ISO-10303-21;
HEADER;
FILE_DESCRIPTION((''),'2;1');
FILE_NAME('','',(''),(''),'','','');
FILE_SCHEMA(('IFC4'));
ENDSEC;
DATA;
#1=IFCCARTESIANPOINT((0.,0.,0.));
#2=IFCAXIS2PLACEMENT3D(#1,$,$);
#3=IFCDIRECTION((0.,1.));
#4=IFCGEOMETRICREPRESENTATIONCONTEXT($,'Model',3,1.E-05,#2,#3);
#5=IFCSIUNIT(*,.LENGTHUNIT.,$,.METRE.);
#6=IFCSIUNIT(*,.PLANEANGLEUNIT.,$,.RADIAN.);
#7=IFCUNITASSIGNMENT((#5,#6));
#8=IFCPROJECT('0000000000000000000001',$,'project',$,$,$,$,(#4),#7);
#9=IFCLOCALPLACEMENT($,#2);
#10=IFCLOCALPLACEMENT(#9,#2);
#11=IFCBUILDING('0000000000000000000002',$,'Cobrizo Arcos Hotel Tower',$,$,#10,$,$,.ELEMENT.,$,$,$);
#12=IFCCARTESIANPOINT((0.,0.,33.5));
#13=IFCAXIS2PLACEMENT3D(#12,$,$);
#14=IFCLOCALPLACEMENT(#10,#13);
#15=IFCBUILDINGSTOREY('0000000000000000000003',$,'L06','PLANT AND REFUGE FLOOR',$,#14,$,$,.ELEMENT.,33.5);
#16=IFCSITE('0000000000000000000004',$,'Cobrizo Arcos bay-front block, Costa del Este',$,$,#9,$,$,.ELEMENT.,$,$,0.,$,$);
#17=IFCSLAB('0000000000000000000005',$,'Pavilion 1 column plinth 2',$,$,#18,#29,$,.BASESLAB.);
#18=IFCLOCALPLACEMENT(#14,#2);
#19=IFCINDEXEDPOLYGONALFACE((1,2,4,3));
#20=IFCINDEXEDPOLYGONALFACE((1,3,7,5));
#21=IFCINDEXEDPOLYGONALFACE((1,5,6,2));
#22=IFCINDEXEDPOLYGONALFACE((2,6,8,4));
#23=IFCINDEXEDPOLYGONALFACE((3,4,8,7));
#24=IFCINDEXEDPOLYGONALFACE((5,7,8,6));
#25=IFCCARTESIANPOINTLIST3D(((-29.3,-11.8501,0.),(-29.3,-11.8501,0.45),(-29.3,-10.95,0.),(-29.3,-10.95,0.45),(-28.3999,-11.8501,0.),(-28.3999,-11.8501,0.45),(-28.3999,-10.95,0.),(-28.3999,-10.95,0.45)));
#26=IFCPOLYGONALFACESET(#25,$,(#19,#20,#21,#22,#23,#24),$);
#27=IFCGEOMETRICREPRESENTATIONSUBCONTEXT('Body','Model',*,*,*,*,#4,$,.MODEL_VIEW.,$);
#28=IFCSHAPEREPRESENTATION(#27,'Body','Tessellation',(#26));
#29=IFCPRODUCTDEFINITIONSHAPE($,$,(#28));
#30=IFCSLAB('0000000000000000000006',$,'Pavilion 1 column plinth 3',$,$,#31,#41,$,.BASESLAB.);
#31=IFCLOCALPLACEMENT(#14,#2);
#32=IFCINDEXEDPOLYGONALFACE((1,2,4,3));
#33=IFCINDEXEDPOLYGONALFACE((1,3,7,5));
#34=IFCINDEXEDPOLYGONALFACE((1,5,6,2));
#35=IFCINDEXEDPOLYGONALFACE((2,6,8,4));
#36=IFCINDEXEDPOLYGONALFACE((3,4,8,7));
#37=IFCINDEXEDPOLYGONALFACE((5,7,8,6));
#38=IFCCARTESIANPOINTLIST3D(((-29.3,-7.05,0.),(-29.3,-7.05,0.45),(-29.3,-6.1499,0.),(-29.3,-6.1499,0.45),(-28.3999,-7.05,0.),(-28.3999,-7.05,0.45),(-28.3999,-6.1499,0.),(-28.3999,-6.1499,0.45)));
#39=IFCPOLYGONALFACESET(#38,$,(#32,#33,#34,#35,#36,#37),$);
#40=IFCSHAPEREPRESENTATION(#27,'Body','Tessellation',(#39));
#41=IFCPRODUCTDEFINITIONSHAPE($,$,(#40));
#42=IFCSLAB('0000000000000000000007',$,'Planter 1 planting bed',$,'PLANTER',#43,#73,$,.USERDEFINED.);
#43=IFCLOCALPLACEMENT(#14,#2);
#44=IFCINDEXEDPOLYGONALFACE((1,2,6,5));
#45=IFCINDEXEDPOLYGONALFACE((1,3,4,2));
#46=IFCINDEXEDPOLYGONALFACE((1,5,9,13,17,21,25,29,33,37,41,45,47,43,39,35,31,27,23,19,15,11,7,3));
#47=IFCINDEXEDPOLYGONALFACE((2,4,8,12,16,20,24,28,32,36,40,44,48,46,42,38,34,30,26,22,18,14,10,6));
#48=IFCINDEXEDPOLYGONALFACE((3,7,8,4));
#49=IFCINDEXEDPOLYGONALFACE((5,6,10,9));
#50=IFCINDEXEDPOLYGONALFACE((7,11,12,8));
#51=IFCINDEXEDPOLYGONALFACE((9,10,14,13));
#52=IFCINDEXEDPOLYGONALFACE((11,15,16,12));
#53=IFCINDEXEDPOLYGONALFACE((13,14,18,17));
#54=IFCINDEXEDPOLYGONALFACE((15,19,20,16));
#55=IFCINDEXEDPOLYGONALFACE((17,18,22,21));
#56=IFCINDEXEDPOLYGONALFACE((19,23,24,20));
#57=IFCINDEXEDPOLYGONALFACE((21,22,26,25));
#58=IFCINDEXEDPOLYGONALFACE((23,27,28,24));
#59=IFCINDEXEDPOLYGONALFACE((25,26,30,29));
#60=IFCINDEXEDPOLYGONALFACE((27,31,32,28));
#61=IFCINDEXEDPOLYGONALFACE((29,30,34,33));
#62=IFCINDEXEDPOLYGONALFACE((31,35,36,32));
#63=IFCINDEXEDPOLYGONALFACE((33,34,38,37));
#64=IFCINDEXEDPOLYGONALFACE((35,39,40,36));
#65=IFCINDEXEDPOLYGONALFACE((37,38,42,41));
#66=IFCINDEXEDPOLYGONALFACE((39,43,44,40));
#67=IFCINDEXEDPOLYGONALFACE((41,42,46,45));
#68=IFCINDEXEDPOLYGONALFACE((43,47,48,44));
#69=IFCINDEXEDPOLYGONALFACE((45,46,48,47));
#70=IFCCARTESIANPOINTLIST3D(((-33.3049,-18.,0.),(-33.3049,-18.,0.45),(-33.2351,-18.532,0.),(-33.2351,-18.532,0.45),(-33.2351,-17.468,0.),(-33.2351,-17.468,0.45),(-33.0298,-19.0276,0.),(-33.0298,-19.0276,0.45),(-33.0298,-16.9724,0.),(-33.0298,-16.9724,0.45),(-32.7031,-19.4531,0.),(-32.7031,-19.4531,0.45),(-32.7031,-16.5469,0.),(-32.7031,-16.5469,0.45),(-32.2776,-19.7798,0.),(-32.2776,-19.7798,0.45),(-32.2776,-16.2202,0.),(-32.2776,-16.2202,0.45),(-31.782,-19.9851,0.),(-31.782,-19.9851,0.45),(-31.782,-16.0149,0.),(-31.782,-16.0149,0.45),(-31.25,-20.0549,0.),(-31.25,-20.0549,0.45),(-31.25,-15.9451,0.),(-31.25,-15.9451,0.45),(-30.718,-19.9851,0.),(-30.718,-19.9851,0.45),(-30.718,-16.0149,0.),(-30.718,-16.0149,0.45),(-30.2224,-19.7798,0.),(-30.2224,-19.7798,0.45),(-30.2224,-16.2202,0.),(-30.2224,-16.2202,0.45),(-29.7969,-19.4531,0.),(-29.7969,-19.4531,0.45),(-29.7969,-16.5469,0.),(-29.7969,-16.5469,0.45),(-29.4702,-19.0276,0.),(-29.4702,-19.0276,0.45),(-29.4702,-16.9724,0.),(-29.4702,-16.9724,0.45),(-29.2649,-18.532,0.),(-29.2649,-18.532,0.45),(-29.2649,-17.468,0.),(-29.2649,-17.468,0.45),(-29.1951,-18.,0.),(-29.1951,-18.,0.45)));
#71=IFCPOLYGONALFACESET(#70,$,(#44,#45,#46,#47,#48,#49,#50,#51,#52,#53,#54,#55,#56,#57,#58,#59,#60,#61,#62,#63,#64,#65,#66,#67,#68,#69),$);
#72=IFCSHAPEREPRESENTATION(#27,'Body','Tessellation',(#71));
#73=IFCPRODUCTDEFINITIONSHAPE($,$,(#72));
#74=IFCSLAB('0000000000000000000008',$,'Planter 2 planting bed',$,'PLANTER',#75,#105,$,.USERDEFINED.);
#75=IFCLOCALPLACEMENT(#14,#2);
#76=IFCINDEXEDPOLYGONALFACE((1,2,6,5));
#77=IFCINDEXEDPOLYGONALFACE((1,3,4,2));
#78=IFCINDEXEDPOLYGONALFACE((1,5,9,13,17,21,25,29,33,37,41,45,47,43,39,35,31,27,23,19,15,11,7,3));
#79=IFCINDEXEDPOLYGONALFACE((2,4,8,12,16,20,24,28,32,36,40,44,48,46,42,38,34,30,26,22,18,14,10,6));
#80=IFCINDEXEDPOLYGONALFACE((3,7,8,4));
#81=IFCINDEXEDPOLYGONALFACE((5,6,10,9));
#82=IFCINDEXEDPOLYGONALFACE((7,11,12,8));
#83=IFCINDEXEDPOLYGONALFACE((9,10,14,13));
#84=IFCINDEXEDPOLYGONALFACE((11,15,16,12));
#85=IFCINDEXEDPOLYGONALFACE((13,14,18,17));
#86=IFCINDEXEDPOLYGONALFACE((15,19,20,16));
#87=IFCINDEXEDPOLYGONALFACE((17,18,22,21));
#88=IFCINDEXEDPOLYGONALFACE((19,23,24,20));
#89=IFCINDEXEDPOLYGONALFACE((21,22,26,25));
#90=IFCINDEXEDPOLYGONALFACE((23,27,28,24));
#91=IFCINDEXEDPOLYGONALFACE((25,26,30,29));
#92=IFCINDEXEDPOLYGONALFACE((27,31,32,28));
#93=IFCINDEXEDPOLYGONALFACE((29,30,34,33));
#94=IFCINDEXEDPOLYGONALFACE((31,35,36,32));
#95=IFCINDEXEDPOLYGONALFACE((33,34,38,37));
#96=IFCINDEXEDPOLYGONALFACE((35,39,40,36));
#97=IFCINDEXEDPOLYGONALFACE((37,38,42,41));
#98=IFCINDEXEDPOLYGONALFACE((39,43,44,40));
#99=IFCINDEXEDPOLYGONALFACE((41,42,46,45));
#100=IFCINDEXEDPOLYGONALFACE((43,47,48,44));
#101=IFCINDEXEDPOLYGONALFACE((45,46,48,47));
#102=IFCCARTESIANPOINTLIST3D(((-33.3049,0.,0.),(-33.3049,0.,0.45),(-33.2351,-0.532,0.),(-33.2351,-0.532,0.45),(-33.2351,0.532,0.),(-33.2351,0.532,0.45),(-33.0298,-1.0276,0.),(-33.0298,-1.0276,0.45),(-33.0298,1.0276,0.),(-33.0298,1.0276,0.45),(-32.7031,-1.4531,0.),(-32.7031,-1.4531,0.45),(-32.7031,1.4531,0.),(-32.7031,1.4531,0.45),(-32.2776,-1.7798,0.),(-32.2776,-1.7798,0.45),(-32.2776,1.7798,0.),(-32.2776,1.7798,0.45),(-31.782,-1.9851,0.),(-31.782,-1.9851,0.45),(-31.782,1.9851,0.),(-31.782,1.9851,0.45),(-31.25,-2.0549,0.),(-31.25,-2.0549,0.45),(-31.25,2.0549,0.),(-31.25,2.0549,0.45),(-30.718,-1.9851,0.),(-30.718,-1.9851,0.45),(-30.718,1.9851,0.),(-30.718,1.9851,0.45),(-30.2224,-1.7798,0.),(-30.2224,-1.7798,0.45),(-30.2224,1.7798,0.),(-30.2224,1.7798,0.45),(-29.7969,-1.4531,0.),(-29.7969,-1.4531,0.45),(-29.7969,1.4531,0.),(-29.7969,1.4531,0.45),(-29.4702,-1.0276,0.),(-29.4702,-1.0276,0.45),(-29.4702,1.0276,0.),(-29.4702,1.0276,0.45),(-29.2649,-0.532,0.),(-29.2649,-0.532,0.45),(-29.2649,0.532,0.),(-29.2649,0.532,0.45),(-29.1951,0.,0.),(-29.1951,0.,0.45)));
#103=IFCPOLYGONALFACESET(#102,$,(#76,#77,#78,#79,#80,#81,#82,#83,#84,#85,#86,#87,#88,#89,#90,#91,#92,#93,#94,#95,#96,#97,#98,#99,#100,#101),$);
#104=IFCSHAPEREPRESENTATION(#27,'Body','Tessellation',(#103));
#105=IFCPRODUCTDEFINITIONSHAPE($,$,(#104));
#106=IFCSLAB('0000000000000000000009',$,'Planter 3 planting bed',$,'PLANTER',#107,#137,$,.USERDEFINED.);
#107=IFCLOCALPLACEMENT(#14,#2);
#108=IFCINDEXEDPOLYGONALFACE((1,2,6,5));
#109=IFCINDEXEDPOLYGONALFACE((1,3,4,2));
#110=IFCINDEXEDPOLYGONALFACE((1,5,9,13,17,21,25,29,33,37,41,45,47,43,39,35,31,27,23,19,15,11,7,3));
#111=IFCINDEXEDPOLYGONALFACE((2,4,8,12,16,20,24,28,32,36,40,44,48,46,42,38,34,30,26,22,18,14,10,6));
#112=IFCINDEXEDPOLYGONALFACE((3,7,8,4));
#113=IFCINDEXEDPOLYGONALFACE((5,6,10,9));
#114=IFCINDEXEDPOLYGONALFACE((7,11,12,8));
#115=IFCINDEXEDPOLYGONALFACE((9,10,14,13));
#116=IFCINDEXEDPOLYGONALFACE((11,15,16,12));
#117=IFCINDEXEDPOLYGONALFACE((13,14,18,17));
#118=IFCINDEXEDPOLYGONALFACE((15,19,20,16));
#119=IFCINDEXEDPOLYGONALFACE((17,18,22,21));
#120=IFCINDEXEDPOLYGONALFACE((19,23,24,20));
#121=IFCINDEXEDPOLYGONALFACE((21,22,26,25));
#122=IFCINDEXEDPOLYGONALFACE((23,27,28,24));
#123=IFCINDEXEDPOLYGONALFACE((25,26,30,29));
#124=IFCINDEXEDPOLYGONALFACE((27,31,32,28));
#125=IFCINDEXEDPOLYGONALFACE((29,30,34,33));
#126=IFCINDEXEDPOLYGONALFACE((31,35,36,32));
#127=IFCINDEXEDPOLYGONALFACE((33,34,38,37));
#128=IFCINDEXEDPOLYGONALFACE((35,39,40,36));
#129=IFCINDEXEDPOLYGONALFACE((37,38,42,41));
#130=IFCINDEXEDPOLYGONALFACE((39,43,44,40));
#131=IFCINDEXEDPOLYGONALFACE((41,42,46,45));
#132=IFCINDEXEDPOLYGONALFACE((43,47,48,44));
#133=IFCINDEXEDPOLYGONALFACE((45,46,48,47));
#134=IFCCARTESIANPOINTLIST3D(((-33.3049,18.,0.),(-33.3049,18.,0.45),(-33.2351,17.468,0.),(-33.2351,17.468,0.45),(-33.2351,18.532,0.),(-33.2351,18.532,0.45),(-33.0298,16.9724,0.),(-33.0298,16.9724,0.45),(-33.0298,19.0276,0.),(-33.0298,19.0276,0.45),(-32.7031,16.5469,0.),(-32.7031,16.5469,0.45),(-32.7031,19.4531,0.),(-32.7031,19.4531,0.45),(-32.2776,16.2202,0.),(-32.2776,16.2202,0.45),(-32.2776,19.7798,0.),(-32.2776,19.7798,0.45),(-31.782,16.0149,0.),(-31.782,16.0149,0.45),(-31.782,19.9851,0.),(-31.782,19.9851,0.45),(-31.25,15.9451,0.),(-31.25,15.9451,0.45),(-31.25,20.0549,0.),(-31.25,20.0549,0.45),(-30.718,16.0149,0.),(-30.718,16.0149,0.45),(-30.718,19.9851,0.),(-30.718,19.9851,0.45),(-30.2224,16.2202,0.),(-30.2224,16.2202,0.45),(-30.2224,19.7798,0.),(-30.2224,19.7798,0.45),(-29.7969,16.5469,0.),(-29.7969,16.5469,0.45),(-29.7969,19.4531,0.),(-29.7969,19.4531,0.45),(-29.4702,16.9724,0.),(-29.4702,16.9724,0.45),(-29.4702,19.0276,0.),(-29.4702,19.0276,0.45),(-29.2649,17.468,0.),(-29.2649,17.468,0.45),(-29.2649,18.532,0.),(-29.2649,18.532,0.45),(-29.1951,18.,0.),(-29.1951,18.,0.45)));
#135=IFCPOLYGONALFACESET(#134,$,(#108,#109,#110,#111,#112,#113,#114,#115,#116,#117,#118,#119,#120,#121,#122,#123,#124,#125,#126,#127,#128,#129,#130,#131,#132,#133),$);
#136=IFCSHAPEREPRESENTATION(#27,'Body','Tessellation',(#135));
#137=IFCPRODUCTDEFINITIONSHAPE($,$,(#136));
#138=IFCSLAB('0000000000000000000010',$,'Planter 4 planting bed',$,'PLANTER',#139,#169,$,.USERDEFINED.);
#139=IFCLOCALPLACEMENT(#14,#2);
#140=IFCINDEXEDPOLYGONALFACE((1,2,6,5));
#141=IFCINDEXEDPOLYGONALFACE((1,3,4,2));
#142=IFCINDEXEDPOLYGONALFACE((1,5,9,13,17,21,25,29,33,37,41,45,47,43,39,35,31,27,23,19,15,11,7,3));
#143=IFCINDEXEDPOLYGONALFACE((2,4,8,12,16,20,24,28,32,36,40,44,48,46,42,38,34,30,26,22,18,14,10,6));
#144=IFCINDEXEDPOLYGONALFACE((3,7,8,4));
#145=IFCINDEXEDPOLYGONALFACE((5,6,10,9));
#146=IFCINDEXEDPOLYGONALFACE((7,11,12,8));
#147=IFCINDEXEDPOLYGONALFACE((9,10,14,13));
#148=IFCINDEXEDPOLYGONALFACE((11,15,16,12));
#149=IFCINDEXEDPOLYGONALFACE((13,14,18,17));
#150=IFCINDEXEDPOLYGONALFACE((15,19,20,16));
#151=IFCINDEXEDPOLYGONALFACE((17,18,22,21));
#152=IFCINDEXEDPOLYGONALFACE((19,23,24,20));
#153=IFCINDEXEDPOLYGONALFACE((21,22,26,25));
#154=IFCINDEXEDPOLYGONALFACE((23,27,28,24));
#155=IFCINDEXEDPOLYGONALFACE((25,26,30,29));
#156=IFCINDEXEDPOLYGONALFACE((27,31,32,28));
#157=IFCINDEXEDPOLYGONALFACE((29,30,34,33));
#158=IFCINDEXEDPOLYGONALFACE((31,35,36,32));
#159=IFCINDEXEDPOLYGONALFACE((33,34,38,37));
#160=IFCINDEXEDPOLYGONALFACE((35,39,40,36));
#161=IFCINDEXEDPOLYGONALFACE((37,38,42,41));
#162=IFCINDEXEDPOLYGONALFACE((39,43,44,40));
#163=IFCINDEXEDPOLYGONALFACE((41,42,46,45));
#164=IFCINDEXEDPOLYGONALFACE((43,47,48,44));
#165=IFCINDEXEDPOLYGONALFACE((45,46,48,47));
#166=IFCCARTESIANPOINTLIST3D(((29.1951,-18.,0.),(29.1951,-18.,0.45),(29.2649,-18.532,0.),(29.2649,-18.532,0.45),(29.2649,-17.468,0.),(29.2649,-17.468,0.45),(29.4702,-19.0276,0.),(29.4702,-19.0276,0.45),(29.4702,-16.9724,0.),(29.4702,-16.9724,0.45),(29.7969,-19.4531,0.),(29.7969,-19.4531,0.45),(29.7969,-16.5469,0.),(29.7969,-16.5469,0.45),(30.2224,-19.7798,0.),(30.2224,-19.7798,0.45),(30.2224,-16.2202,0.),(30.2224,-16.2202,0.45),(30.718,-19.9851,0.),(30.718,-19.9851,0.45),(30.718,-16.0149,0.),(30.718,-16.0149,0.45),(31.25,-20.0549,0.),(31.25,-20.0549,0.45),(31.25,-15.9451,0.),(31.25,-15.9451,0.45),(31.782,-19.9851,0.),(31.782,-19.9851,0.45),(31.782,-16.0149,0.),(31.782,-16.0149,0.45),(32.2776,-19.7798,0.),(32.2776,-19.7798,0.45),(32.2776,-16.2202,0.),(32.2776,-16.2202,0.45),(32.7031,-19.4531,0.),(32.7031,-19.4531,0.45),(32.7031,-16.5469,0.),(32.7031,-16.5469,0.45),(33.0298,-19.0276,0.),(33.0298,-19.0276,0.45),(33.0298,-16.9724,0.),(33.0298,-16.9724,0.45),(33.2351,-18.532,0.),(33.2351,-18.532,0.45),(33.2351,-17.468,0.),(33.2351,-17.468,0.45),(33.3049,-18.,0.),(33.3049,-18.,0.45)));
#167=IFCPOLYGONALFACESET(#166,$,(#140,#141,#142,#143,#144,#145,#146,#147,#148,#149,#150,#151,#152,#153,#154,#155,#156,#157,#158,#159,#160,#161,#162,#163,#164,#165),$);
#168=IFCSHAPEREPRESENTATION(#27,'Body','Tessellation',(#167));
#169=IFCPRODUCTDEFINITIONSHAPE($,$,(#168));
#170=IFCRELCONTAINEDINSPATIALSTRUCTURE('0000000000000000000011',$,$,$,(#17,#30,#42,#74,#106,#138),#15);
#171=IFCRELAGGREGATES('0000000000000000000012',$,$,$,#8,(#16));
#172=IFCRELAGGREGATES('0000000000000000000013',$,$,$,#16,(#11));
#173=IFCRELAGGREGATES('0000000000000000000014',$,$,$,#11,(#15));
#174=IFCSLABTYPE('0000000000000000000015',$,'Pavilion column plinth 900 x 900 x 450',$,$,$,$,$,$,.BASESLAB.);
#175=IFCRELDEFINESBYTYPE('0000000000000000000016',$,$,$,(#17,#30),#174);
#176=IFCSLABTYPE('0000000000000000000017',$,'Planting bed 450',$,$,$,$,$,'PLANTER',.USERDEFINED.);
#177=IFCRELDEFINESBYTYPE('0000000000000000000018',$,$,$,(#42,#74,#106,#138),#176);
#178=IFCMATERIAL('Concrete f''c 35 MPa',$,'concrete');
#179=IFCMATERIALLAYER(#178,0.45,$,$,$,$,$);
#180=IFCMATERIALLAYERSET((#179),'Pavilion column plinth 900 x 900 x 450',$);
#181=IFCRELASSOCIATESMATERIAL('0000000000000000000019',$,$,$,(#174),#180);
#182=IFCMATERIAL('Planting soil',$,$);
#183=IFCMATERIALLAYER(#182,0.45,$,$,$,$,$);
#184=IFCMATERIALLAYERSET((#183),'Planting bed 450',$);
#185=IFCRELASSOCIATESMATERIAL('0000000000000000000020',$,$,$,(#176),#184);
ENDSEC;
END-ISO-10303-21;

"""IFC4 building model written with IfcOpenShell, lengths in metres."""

from ifc_helpers import new_model, si_unit, direction, frame, origin, place, context, subcontext, project, spatial, polyline, outline, extrude, material, layer, layer_set, type_object, element, save


model = new_model("IFC4")

# Units and contexts
model_context = context("Model", 3, precision=1e-05, world=origin(), true_north=direction((0.0, 1.0)))
body_context = subcontext(model_context, "Body", "Model", "MODEL_VIEW")
ifc_project = project(units=[si_unit("LENGTHUNIT", "METRE"), si_unit("PLANEANGLEUNIT", "RADIAN")], contexts=[model_context])

# Site, building, storey
site_placement = place(None, origin())
site = spatial("IfcSite", under=ifc_project, at=site_placement, Name="Cobrizo Arcos bay-front block, Costa del Este", CompositionType="ELEMENT", RefElevation=0.0)
building_placement = place(site_placement, origin())
building = spatial("IfcBuilding", under=site, at=building_placement, Name="Cobrizo Arcos Hotel Tower", CompositionType="ELEMENT")
storey_placement = place(building_placement, frame((0.0, 0.0, 33.5)))
storey = spatial("IfcBuildingStorey", under=building, at=storey_placement, Name="L06", Description="PLANT AND REFUGE FLOOR", CompositionType="ELEMENT", Elevation=33.5)

# Slabs
ifc_material_1 = material(Name="Concrete f'c 35 MPa", Category="concrete")
ifc_layer_1 = layer(ifc_material_1, 0.45)
ifc_layer_set_1 = layer_set([ifc_layer_1], Name="Pavilion column plinth 900 x 900 x 450")
slab_type_1 = type_object("IfcSlabType", Name="Pavilion column plinth 900 x 900 x 450", PredefinedType="BASESLAB", material=ifc_layer_set_1)
slab_1_placement = place(storey_placement, origin())
element("IfcSlab", 1, at=slab_1_placement, inside=storey, type_object=slab_type_1, Name="Pavilion 1 column plinth 2", PredefinedType="BASESLAB", context=body_context, shape_type="SweptSolid", body=[
    extrude(outline(polyline([(-28.3999, -11.8501), (-28.3999, -10.95), (-29.3, -10.95), (-29.3, -11.8501), (-28.3999, -11.8501)])), origin(), (0.0, 0.0, 1.0), 0.45),
])
slab_2_placement = place(storey_placement, origin())
element("IfcSlab", 2, at=slab_2_placement, inside=storey, type_object=slab_type_1, Name="Pavilion 1 column plinth 3", PredefinedType="BASESLAB", context=body_context, shape_type="SweptSolid", body=[
    extrude(outline(polyline([(-28.3999, -7.05), (-28.3999, -6.1499), (-29.3, -6.1499), (-29.3, -7.05), (-28.3999, -7.05)])), origin(), (0.0, 0.0, 1.0), 0.45),
])
ifc_material_2 = material(Name="Planting soil")
ifc_layer_2 = layer(ifc_material_2, 0.45)
ifc_layer_set_2 = layer_set([ifc_layer_2], Name="Planting bed 450")
slab_type_2 = type_object("IfcSlabType", Name="Planting bed 450", ElementType="PLANTER", PredefinedType="USERDEFINED", material=ifc_layer_set_2)
slab_3_placement = place(storey_placement, origin())
element("IfcSlab", 3, at=slab_3_placement, inside=storey, type_object=slab_type_2, Name="Planter 1 planting bed", ObjectType="PLANTER", PredefinedType="USERDEFINED", context=body_context, shape_type="SweptSolid", body=[
    extrude(outline(polyline([(-29.1951, -18.0), (-29.2649, -17.468), (-29.4702, -16.9724), (-29.7969, -16.5469), (-30.2224, -16.2202), (-30.718, -16.0149), (-31.25, -15.9451), (-31.782, -16.0149), (-32.2776, -16.2202), (-32.7031, -16.5469), (-33.0298, -16.9724), (-33.2351, -17.468), (-33.3049, -18.0), (-33.2351, -18.532), (-33.0298, -19.0276), (-32.7031, -19.4531), (-32.2776, -19.7798), (-31.782, -19.9851), (-31.25, -20.0549), (-30.718, -19.9851), (-30.2224, -19.7798), (-29.7969, -19.4531), (-29.4702, -19.0276), (-29.2649, -18.532), (-29.1951, -18.0)])), origin(), (0.0, 0.0, 1.0), 0.45),
])
slab_4_placement = place(storey_placement, origin())
element("IfcSlab", 4, at=slab_4_placement, inside=storey, type_object=slab_type_2, Name="Planter 2 planting bed", ObjectType="PLANTER", PredefinedType="USERDEFINED", context=body_context, shape_type="SweptSolid", body=[
    extrude(outline(polyline([(-29.1951, 0.0), (-29.2649, 0.532), (-29.4702, 1.0276), (-29.7969, 1.4531), (-30.2224, 1.7798), (-30.718, 1.9851), (-31.25, 2.0549), (-31.782, 1.9851), (-32.2776, 1.7798), (-32.7031, 1.4531), (-33.0298, 1.0276), (-33.2351, 0.532), (-33.3049, 0.0), (-33.2351, -0.532), (-33.0298, -1.0276), (-32.7031, -1.4531), (-32.2776, -1.7798), (-31.782, -1.9851), (-31.25, -2.0549), (-30.718, -1.9851), (-30.2224, -1.7798), (-29.7969, -1.4531), (-29.4702, -1.0276), (-29.2649, -0.532), (-29.1951, 0.0)])), origin(), (0.0, 0.0, 1.0), 0.45),
])
slab_5_placement = place(storey_placement, origin())
element("IfcSlab", 5, at=slab_5_placement, inside=storey, type_object=slab_type_2, Name="Planter 3 planting bed", ObjectType="PLANTER", PredefinedType="USERDEFINED", context=body_context, shape_type="SweptSolid", body=[
    extrude(outline(polyline([(-29.1951, 18.0), (-29.2649, 18.532), (-29.4702, 19.0276), (-29.7969, 19.4531), (-30.2224, 19.7798), (-30.718, 19.9851), (-31.25, 20.0549), (-31.782, 19.9851), (-32.2776, 19.7798), (-32.7031, 19.4531), (-33.0298, 19.0276), (-33.2351, 18.532), (-33.3049, 18.0), (-33.2351, 17.468), (-33.0298, 16.9724), (-32.7031, 16.5469), (-32.2776, 16.2202), (-31.782, 16.0149), (-31.25, 15.9451), (-30.718, 16.0149), (-30.2224, 16.2202), (-29.7969, 16.5469), (-29.4702, 16.9724), (-29.2649, 17.468), (-29.1951, 18.0)])), origin(), (0.0, 0.0, 1.0), 0.45),
])
slab_6_placement = place(storey_placement, origin())
element("IfcSlab", 6, at=slab_6_placement, inside=storey, type_object=slab_type_2, Name="Planter 4 planting bed", ObjectType="PLANTER", PredefinedType="USERDEFINED", context=body_context, shape_type="SweptSolid", body=[
    extrude(outline(polyline([(33.3049, -18.0), (33.2351, -17.468), (33.0298, -16.9724), (32.7031, -16.5469), (32.2776, -16.2202), (31.782, -16.0149), (31.25, -15.9451), (30.718, -16.0149), (30.2224, -16.2202), (29.7969, -16.5469), (29.4702, -16.9724), (29.2649, -17.468), (29.1951, -18.0), (29.2649, -18.532), (29.4702, -19.0276), (29.7969, -19.4531), (30.2224, -19.7798), (30.718, -19.9851), (31.25, -20.0549), (31.782, -19.9851), (32.2776, -19.7798), (32.7031, -19.4531), (33.0298, -19.0276), (33.2351, -18.532), (33.3049, -18.0)])), origin(), (0.0, 0.0, 1.0), 0.45),
])

save(model, "model.ifc")
